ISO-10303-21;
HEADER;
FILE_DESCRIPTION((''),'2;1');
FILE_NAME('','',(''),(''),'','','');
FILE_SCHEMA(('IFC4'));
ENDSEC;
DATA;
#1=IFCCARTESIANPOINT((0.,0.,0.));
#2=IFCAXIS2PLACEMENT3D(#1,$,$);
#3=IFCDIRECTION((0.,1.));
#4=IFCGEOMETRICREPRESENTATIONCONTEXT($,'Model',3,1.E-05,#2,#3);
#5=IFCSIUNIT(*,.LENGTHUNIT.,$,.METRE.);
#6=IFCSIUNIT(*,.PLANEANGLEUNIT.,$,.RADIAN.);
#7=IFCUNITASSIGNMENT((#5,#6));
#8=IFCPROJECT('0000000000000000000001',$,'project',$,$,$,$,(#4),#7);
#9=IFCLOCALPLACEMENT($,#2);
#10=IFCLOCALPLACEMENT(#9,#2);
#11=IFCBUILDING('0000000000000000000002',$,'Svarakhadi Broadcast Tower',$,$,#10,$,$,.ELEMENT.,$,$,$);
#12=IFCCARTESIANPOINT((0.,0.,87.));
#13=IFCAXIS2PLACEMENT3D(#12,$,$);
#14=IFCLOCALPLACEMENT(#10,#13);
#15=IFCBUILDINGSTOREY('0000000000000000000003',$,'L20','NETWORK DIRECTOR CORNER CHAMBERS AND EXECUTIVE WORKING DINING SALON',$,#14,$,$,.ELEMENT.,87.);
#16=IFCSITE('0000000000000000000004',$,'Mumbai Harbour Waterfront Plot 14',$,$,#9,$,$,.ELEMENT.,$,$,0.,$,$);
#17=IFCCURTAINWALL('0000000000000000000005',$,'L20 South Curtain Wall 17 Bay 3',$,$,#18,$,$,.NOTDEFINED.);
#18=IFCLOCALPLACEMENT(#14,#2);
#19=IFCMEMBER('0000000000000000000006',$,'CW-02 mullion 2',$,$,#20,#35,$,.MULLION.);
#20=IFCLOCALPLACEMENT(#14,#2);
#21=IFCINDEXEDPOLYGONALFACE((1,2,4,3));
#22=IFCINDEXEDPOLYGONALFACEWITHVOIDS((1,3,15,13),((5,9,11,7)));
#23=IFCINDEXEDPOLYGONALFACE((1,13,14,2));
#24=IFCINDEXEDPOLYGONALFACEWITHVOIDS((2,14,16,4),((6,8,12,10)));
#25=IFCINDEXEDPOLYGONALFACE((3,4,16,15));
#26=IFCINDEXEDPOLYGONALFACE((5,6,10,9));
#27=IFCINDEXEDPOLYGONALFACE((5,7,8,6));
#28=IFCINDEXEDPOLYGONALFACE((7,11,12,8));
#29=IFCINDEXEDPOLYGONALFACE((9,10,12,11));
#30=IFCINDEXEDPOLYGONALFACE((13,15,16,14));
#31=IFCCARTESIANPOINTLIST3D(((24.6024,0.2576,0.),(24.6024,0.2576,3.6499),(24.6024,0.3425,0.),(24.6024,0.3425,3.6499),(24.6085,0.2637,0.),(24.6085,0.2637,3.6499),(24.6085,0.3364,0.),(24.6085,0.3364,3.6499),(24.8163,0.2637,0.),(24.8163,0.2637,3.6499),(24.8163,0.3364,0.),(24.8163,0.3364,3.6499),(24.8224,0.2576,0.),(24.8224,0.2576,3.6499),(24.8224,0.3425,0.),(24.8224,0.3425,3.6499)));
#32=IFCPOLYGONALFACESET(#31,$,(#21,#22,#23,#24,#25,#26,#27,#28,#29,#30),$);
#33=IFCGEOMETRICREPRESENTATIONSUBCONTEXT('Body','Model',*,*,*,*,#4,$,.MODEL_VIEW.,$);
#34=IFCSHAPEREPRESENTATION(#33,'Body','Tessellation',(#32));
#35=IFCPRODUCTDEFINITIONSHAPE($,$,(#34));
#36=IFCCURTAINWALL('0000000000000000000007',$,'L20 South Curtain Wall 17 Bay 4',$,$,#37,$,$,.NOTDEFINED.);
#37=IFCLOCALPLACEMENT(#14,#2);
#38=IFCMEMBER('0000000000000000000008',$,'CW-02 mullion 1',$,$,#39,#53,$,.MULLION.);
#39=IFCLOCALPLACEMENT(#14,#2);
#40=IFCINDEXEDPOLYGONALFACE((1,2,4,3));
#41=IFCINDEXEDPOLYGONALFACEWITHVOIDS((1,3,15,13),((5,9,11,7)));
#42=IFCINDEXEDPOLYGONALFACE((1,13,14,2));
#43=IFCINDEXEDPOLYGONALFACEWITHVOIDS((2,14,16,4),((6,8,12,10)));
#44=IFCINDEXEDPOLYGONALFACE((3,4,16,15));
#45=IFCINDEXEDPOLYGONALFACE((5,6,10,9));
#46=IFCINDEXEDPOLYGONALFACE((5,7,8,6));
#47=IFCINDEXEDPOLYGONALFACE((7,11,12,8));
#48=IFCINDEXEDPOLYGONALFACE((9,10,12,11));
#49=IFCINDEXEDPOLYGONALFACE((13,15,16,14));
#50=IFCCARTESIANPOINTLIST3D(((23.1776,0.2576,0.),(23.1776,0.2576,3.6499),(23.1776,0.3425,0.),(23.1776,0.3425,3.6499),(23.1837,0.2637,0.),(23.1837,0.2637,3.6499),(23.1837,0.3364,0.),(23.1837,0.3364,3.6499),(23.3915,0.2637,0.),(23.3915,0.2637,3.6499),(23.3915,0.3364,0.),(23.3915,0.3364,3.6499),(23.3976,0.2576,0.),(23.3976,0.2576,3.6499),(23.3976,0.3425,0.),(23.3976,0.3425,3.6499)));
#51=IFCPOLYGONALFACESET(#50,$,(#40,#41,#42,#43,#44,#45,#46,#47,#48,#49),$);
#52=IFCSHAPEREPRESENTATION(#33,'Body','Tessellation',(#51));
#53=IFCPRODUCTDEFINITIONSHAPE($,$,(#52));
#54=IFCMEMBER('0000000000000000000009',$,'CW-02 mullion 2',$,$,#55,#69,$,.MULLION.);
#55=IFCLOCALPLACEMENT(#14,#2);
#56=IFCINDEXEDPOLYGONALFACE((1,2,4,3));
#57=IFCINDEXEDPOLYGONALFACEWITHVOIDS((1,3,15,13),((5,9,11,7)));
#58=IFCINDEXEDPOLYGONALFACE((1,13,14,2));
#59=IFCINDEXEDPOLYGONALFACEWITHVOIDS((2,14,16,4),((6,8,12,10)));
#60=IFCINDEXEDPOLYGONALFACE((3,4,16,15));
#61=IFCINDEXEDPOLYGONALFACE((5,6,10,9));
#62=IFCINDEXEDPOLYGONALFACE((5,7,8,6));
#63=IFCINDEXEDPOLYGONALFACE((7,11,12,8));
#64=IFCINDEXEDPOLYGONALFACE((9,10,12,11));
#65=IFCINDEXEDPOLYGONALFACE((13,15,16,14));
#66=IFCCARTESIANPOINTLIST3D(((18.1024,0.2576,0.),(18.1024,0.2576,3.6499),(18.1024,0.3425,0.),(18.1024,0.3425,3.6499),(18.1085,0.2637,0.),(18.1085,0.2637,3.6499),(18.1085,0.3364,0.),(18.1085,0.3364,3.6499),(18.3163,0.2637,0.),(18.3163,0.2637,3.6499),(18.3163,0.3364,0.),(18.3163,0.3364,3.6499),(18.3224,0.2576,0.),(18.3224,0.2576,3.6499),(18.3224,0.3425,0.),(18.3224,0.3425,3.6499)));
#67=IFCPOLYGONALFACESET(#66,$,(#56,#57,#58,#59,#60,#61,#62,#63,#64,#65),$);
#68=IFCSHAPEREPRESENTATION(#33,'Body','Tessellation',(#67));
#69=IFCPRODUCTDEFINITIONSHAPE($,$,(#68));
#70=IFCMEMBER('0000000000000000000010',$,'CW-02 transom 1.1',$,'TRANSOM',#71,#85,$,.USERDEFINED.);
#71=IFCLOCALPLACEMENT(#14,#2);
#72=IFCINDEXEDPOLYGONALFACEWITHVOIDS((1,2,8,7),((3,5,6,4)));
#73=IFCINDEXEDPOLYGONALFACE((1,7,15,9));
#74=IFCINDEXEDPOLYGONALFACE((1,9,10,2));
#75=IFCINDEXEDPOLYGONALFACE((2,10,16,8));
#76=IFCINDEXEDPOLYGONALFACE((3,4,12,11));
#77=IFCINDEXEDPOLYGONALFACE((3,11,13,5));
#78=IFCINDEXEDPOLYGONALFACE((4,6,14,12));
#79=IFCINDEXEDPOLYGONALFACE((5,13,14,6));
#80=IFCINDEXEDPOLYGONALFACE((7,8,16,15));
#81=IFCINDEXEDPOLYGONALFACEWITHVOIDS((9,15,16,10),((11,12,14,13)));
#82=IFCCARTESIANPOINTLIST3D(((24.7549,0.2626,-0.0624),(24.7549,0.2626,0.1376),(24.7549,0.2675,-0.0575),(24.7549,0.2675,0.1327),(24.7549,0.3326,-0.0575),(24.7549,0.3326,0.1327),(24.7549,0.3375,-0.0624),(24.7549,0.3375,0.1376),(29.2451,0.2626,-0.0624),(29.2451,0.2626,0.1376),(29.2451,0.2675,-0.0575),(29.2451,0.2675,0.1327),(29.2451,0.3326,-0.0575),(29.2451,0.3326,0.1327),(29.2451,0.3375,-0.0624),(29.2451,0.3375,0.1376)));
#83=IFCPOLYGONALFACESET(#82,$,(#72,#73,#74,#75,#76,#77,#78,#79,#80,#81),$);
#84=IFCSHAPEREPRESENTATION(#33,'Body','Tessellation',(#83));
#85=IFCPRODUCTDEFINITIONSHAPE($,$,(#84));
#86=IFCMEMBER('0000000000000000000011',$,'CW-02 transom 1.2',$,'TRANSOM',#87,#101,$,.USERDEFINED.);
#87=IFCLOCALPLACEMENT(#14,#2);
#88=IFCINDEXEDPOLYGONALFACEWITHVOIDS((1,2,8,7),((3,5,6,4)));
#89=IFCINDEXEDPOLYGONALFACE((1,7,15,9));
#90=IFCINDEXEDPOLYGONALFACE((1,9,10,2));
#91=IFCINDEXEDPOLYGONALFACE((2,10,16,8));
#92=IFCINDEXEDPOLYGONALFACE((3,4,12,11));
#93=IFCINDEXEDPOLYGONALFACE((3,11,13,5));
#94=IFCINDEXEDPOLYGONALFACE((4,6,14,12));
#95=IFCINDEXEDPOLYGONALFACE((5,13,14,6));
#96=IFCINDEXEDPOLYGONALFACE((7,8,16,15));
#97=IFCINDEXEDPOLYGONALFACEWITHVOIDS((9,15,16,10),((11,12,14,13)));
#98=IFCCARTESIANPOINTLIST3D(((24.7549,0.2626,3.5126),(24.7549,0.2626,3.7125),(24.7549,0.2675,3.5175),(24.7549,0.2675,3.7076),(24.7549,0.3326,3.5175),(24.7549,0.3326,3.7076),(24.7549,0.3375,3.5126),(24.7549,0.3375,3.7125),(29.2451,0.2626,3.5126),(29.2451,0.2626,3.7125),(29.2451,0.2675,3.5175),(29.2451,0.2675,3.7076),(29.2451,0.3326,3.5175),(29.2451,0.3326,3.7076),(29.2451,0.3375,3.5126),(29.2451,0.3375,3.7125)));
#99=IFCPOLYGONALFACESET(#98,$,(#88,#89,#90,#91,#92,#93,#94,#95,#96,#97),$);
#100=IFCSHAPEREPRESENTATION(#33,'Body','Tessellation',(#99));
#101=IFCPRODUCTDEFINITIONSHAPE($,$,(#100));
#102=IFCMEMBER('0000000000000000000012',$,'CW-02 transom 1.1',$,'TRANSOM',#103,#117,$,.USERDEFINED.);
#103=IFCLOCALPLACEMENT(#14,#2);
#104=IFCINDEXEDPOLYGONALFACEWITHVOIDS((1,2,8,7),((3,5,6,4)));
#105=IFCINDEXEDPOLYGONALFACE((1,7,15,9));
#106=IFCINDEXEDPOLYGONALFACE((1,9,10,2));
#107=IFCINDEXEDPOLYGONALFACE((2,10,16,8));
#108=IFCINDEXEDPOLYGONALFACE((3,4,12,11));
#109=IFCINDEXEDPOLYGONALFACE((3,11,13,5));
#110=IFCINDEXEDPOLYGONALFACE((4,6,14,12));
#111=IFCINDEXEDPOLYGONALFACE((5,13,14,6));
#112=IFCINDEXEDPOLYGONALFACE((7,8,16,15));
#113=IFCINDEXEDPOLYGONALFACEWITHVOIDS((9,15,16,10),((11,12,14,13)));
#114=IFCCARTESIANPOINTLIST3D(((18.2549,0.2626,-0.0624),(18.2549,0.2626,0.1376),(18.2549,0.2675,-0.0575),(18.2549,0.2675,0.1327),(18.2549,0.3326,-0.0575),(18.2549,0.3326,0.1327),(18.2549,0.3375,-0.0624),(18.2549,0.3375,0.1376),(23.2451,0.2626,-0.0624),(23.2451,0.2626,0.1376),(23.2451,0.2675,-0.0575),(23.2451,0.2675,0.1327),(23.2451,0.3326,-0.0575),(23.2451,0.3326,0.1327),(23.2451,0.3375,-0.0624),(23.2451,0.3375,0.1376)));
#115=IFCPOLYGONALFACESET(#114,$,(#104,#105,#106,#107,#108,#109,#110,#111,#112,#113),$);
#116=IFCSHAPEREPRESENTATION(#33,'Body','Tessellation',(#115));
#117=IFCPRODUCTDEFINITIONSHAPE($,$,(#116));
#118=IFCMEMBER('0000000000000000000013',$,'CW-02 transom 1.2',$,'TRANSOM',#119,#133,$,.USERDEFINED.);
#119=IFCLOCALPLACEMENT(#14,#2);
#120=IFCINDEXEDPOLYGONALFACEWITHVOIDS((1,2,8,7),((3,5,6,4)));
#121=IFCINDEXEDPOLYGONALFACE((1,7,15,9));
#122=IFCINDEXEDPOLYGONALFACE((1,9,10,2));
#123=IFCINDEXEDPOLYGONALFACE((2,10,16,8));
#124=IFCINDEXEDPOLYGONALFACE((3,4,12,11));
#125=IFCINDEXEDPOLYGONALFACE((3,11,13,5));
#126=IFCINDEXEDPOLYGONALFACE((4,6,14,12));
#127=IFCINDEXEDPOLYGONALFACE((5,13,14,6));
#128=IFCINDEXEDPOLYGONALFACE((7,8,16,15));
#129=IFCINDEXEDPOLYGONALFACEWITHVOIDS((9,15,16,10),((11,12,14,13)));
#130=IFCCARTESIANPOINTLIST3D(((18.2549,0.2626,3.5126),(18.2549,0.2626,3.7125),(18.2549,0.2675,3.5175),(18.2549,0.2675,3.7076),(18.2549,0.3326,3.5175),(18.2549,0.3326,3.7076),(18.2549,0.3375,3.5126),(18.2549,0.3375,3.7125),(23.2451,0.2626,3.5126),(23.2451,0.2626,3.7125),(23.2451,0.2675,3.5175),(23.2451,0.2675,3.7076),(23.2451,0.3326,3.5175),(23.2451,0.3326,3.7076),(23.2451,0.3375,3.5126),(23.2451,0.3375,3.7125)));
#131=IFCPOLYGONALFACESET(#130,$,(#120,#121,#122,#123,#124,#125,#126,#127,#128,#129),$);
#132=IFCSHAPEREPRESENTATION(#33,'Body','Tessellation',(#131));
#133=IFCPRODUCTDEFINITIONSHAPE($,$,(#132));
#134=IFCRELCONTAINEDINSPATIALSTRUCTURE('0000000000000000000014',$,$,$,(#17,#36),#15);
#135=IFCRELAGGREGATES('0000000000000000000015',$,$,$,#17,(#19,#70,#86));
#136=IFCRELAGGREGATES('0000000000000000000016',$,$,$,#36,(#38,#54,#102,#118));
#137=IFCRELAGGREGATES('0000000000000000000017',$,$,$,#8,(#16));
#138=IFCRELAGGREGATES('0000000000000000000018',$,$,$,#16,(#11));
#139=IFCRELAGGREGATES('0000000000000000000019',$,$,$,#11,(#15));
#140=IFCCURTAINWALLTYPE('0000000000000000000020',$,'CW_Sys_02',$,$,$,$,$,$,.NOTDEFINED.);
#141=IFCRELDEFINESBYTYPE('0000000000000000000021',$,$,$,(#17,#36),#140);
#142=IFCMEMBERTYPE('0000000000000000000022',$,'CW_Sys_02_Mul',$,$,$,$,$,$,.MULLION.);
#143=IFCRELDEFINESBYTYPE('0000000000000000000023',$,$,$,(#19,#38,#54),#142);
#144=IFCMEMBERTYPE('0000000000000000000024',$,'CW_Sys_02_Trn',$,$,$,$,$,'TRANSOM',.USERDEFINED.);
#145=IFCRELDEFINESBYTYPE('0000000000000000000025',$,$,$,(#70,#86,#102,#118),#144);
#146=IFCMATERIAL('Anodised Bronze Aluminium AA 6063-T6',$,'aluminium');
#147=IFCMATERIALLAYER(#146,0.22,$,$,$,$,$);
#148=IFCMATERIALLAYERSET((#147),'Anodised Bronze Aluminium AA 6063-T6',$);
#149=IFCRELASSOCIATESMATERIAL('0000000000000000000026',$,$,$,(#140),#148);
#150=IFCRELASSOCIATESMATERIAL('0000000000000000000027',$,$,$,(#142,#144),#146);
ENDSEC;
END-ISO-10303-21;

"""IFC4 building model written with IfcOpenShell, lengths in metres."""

from ifc_helpers import new_model, si_unit, direction, frame, origin, origin_2d, place, context, subcontext, project, spatial, hollow_rectangle, extrude, material, layer, layer_set, material_profile, profile_set, type_object, element, aggregate, save


model = new_model("IFC4")

# Units and contexts
model_context = context("Model", 3, precision=1e-05, world=origin(), true_north=direction((0.0, 1.0)))
body_context = subcontext(model_context, "Body", "Model", "MODEL_VIEW")
ifc_project = project(units=[si_unit("LENGTHUNIT", "METRE"), si_unit("PLANEANGLEUNIT", "RADIAN")], contexts=[model_context])

# Site, building, storey
site_placement = place(None, origin())
site = spatial("IfcSite", under=ifc_project, at=site_placement, Name="Mumbai Harbour Waterfront Plot 14", CompositionType="ELEMENT", RefElevation=0.0)
building_placement = place(site_placement, origin())
building = spatial("IfcBuilding", under=site, at=building_placement, Name="Svarakhadi Broadcast Tower", CompositionType="ELEMENT")
storey_placement = place(building_placement, frame((0.0, 0.0, 87.0)))
storey = spatial("IfcBuildingStorey", under=building, at=storey_placement, Name="L20", Description="NETWORK DIRECTOR CORNER CHAMBERS AND EXECUTIVE WORKING DINING SALON", CompositionType="ELEMENT", Elevation=87.0)

# Curtain wall, member
ifc_material_1 = material(Name="Anodised Bronze Aluminium AA 6063-T6", Category="aluminium")
ifc_layer_1 = layer(ifc_material_1, 0.22)
ifc_layer_set_1 = layer_set([ifc_layer_1], Name="Anodised Bronze Aluminium AA 6063-T6")
curtain_wall_type = type_object("IfcCurtainWallType", Name="CW_Sys_02", PredefinedType="NOTDEFINED", material=ifc_layer_set_1)
curtain_wall_1_placement = place(storey_placement, origin())
curtain_wall_1 = element("IfcCurtainWall", 1, at=curtain_wall_1_placement, inside=storey, type_object=curtain_wall_type, Name="L20 South Curtain Wall 17 Bay 3", PredefinedType="NOTDEFINED")
ifc_material_profile_1 = material_profile(ifc_material_1, hollow_rectangle(XDim=0.085, YDim=0.22, WallThickness=0.0061, at=origin_2d()), Name="ALU MULLION 220x85x6")
ifc_profile_set_1 = profile_set([ifc_material_profile_1], Name="Anodised Bronze Aluminium AA 6063-T6")
member_type_1 = type_object("IfcMemberType", Name="CW_Sys_02_Mul", PredefinedType="MULLION", material=ifc_profile_set_1)
member_1_placement = place(storey_placement, frame((24.7124, 0.3, 0.0), z_axis=(0.0, 0.0, 1.0), x_axis=(0.0, -1.0, 0.0)))
member_1 = element("IfcMember", 2, at=member_1_placement, type_object=member_type_1, Name="CW-02 mullion 2", PredefinedType="MULLION", context=body_context, shape_type="SweptSolid", body=[
    extrude(hollow_rectangle(XDim=0.085, YDim=0.22, WallThickness=0.0061, at=origin_2d()), origin(), (0.0, 0.0, 1.0), 3.6499),
])

# Curtain wall, members
curtain_wall_2_placement = place(storey_placement, origin())
curtain_wall_2 = element("IfcCurtainWall", 3, at=curtain_wall_2_placement, inside=storey, type_object=curtain_wall_type, Name="L20 South Curtain Wall 17 Bay 4", PredefinedType="NOTDEFINED")
member_2_placement = place(storey_placement, frame((23.2876, 0.3, 0.0), z_axis=(0.0, 0.0, 1.0), x_axis=(0.0, -1.0, 0.0)))
member_2 = element("IfcMember", 4, at=member_2_placement, type_object=member_type_1, Name="CW-02 mullion 1", PredefinedType="MULLION", context=body_context, shape_type="SweptSolid", body=[
    extrude(hollow_rectangle(XDim=0.085, YDim=0.22, WallThickness=0.0061, at=origin_2d()), origin(), (0.0, 0.0, 1.0), 3.6499),
])
member_3_placement = place(storey_placement, frame((18.2124, 0.3, 0.0), z_axis=(0.0, 0.0, 1.0), x_axis=(0.0, -1.0, 0.0)))
member_3 = element("IfcMember", 5, at=member_3_placement, type_object=member_type_1, Name="CW-02 mullion 2", PredefinedType="MULLION", context=body_context, shape_type="SweptSolid", body=[
    extrude(hollow_rectangle(XDim=0.085, YDim=0.22, WallThickness=0.0061, at=origin_2d()), origin(), (0.0, 0.0, 1.0), 3.6499),
])

# Members
ifc_material_profile_2 = material_profile(ifc_material_1, hollow_rectangle(XDim=0.075, YDim=0.2, WallThickness=0.0049, at=origin_2d()), Name="ALU TRANSOM 200x75x5")
ifc_profile_set_2 = profile_set([ifc_material_profile_2], Name="Anodised Bronze Aluminium AA 6063-T6")
member_type_2 = type_object("IfcMemberType", Name="CW_Sys_02_Trn", ElementType="TRANSOM", PredefinedType="USERDEFINED", material=ifc_profile_set_2)
member_4_placement = place(storey_placement, frame((29.2451, 0.3, 0.0376), z_axis=(-1.0, 0.0, 0.0), x_axis=(0.0, -1.0, 0.0)))
member_4 = element("IfcMember", 6, at=member_4_placement, type_object=member_type_2, Name="CW-02 transom 1.1", ObjectType="TRANSOM", PredefinedType="USERDEFINED", context=body_context, shape_type="SweptSolid", body=[
    extrude(hollow_rectangle(XDim=0.075, YDim=0.2, WallThickness=0.0049, at=origin_2d()), origin(), (0.0, 0.0, 1.0), 4.4902),
])
member_5_placement = place(storey_placement, frame((29.2451, 0.3, 3.6125), z_axis=(-1.0, 0.0, 0.0), x_axis=(0.0, -1.0, 0.0)))
member_5 = element("IfcMember", 7, at=member_5_placement, type_object=member_type_2, Name="CW-02 transom 1.2", ObjectType="TRANSOM", PredefinedType="USERDEFINED", context=body_context, shape_type="SweptSolid", body=[
    extrude(hollow_rectangle(XDim=0.075, YDim=0.2, WallThickness=0.0049, at=origin_2d()), origin(), (0.0, 0.0, 1.0), 4.4902),
])
member_6_placement = place(storey_placement, frame((23.2451, 0.3, 0.0376), z_axis=(-1.0, 0.0, 0.0), x_axis=(0.0, -1.0, 0.0)))
member_6 = element("IfcMember", 8, at=member_6_placement, type_object=member_type_2, Name="CW-02 transom 1.1", ObjectType="TRANSOM", PredefinedType="USERDEFINED", context=body_context, shape_type="SweptSolid", body=[
    extrude(hollow_rectangle(XDim=0.075, YDim=0.2, WallThickness=0.0049, at=origin_2d()), origin(), (0.0, 0.0, 1.0), 4.9902),
])
member_7_placement = place(storey_placement, frame((23.2451, 0.3, 3.6125), z_axis=(-1.0, 0.0, 0.0), x_axis=(0.0, -1.0, 0.0)))
member_7 = element("IfcMember", 9, at=member_7_placement, type_object=member_type_2, Name="CW-02 transom 1.2", ObjectType="TRANSOM", PredefinedType="USERDEFINED", context=body_context, shape_type="SweptSolid", body=[
    extrude(hollow_rectangle(XDim=0.075, YDim=0.2, WallThickness=0.0049, at=origin_2d()), origin(), (0.0, 0.0, 1.0), 4.9902),
])

aggregate(curtain_wall_1, [member_1, member_4, member_5])
aggregate(curtain_wall_2, [member_2, member_3, member_6, member_7])

save(model, "model.ifc")
